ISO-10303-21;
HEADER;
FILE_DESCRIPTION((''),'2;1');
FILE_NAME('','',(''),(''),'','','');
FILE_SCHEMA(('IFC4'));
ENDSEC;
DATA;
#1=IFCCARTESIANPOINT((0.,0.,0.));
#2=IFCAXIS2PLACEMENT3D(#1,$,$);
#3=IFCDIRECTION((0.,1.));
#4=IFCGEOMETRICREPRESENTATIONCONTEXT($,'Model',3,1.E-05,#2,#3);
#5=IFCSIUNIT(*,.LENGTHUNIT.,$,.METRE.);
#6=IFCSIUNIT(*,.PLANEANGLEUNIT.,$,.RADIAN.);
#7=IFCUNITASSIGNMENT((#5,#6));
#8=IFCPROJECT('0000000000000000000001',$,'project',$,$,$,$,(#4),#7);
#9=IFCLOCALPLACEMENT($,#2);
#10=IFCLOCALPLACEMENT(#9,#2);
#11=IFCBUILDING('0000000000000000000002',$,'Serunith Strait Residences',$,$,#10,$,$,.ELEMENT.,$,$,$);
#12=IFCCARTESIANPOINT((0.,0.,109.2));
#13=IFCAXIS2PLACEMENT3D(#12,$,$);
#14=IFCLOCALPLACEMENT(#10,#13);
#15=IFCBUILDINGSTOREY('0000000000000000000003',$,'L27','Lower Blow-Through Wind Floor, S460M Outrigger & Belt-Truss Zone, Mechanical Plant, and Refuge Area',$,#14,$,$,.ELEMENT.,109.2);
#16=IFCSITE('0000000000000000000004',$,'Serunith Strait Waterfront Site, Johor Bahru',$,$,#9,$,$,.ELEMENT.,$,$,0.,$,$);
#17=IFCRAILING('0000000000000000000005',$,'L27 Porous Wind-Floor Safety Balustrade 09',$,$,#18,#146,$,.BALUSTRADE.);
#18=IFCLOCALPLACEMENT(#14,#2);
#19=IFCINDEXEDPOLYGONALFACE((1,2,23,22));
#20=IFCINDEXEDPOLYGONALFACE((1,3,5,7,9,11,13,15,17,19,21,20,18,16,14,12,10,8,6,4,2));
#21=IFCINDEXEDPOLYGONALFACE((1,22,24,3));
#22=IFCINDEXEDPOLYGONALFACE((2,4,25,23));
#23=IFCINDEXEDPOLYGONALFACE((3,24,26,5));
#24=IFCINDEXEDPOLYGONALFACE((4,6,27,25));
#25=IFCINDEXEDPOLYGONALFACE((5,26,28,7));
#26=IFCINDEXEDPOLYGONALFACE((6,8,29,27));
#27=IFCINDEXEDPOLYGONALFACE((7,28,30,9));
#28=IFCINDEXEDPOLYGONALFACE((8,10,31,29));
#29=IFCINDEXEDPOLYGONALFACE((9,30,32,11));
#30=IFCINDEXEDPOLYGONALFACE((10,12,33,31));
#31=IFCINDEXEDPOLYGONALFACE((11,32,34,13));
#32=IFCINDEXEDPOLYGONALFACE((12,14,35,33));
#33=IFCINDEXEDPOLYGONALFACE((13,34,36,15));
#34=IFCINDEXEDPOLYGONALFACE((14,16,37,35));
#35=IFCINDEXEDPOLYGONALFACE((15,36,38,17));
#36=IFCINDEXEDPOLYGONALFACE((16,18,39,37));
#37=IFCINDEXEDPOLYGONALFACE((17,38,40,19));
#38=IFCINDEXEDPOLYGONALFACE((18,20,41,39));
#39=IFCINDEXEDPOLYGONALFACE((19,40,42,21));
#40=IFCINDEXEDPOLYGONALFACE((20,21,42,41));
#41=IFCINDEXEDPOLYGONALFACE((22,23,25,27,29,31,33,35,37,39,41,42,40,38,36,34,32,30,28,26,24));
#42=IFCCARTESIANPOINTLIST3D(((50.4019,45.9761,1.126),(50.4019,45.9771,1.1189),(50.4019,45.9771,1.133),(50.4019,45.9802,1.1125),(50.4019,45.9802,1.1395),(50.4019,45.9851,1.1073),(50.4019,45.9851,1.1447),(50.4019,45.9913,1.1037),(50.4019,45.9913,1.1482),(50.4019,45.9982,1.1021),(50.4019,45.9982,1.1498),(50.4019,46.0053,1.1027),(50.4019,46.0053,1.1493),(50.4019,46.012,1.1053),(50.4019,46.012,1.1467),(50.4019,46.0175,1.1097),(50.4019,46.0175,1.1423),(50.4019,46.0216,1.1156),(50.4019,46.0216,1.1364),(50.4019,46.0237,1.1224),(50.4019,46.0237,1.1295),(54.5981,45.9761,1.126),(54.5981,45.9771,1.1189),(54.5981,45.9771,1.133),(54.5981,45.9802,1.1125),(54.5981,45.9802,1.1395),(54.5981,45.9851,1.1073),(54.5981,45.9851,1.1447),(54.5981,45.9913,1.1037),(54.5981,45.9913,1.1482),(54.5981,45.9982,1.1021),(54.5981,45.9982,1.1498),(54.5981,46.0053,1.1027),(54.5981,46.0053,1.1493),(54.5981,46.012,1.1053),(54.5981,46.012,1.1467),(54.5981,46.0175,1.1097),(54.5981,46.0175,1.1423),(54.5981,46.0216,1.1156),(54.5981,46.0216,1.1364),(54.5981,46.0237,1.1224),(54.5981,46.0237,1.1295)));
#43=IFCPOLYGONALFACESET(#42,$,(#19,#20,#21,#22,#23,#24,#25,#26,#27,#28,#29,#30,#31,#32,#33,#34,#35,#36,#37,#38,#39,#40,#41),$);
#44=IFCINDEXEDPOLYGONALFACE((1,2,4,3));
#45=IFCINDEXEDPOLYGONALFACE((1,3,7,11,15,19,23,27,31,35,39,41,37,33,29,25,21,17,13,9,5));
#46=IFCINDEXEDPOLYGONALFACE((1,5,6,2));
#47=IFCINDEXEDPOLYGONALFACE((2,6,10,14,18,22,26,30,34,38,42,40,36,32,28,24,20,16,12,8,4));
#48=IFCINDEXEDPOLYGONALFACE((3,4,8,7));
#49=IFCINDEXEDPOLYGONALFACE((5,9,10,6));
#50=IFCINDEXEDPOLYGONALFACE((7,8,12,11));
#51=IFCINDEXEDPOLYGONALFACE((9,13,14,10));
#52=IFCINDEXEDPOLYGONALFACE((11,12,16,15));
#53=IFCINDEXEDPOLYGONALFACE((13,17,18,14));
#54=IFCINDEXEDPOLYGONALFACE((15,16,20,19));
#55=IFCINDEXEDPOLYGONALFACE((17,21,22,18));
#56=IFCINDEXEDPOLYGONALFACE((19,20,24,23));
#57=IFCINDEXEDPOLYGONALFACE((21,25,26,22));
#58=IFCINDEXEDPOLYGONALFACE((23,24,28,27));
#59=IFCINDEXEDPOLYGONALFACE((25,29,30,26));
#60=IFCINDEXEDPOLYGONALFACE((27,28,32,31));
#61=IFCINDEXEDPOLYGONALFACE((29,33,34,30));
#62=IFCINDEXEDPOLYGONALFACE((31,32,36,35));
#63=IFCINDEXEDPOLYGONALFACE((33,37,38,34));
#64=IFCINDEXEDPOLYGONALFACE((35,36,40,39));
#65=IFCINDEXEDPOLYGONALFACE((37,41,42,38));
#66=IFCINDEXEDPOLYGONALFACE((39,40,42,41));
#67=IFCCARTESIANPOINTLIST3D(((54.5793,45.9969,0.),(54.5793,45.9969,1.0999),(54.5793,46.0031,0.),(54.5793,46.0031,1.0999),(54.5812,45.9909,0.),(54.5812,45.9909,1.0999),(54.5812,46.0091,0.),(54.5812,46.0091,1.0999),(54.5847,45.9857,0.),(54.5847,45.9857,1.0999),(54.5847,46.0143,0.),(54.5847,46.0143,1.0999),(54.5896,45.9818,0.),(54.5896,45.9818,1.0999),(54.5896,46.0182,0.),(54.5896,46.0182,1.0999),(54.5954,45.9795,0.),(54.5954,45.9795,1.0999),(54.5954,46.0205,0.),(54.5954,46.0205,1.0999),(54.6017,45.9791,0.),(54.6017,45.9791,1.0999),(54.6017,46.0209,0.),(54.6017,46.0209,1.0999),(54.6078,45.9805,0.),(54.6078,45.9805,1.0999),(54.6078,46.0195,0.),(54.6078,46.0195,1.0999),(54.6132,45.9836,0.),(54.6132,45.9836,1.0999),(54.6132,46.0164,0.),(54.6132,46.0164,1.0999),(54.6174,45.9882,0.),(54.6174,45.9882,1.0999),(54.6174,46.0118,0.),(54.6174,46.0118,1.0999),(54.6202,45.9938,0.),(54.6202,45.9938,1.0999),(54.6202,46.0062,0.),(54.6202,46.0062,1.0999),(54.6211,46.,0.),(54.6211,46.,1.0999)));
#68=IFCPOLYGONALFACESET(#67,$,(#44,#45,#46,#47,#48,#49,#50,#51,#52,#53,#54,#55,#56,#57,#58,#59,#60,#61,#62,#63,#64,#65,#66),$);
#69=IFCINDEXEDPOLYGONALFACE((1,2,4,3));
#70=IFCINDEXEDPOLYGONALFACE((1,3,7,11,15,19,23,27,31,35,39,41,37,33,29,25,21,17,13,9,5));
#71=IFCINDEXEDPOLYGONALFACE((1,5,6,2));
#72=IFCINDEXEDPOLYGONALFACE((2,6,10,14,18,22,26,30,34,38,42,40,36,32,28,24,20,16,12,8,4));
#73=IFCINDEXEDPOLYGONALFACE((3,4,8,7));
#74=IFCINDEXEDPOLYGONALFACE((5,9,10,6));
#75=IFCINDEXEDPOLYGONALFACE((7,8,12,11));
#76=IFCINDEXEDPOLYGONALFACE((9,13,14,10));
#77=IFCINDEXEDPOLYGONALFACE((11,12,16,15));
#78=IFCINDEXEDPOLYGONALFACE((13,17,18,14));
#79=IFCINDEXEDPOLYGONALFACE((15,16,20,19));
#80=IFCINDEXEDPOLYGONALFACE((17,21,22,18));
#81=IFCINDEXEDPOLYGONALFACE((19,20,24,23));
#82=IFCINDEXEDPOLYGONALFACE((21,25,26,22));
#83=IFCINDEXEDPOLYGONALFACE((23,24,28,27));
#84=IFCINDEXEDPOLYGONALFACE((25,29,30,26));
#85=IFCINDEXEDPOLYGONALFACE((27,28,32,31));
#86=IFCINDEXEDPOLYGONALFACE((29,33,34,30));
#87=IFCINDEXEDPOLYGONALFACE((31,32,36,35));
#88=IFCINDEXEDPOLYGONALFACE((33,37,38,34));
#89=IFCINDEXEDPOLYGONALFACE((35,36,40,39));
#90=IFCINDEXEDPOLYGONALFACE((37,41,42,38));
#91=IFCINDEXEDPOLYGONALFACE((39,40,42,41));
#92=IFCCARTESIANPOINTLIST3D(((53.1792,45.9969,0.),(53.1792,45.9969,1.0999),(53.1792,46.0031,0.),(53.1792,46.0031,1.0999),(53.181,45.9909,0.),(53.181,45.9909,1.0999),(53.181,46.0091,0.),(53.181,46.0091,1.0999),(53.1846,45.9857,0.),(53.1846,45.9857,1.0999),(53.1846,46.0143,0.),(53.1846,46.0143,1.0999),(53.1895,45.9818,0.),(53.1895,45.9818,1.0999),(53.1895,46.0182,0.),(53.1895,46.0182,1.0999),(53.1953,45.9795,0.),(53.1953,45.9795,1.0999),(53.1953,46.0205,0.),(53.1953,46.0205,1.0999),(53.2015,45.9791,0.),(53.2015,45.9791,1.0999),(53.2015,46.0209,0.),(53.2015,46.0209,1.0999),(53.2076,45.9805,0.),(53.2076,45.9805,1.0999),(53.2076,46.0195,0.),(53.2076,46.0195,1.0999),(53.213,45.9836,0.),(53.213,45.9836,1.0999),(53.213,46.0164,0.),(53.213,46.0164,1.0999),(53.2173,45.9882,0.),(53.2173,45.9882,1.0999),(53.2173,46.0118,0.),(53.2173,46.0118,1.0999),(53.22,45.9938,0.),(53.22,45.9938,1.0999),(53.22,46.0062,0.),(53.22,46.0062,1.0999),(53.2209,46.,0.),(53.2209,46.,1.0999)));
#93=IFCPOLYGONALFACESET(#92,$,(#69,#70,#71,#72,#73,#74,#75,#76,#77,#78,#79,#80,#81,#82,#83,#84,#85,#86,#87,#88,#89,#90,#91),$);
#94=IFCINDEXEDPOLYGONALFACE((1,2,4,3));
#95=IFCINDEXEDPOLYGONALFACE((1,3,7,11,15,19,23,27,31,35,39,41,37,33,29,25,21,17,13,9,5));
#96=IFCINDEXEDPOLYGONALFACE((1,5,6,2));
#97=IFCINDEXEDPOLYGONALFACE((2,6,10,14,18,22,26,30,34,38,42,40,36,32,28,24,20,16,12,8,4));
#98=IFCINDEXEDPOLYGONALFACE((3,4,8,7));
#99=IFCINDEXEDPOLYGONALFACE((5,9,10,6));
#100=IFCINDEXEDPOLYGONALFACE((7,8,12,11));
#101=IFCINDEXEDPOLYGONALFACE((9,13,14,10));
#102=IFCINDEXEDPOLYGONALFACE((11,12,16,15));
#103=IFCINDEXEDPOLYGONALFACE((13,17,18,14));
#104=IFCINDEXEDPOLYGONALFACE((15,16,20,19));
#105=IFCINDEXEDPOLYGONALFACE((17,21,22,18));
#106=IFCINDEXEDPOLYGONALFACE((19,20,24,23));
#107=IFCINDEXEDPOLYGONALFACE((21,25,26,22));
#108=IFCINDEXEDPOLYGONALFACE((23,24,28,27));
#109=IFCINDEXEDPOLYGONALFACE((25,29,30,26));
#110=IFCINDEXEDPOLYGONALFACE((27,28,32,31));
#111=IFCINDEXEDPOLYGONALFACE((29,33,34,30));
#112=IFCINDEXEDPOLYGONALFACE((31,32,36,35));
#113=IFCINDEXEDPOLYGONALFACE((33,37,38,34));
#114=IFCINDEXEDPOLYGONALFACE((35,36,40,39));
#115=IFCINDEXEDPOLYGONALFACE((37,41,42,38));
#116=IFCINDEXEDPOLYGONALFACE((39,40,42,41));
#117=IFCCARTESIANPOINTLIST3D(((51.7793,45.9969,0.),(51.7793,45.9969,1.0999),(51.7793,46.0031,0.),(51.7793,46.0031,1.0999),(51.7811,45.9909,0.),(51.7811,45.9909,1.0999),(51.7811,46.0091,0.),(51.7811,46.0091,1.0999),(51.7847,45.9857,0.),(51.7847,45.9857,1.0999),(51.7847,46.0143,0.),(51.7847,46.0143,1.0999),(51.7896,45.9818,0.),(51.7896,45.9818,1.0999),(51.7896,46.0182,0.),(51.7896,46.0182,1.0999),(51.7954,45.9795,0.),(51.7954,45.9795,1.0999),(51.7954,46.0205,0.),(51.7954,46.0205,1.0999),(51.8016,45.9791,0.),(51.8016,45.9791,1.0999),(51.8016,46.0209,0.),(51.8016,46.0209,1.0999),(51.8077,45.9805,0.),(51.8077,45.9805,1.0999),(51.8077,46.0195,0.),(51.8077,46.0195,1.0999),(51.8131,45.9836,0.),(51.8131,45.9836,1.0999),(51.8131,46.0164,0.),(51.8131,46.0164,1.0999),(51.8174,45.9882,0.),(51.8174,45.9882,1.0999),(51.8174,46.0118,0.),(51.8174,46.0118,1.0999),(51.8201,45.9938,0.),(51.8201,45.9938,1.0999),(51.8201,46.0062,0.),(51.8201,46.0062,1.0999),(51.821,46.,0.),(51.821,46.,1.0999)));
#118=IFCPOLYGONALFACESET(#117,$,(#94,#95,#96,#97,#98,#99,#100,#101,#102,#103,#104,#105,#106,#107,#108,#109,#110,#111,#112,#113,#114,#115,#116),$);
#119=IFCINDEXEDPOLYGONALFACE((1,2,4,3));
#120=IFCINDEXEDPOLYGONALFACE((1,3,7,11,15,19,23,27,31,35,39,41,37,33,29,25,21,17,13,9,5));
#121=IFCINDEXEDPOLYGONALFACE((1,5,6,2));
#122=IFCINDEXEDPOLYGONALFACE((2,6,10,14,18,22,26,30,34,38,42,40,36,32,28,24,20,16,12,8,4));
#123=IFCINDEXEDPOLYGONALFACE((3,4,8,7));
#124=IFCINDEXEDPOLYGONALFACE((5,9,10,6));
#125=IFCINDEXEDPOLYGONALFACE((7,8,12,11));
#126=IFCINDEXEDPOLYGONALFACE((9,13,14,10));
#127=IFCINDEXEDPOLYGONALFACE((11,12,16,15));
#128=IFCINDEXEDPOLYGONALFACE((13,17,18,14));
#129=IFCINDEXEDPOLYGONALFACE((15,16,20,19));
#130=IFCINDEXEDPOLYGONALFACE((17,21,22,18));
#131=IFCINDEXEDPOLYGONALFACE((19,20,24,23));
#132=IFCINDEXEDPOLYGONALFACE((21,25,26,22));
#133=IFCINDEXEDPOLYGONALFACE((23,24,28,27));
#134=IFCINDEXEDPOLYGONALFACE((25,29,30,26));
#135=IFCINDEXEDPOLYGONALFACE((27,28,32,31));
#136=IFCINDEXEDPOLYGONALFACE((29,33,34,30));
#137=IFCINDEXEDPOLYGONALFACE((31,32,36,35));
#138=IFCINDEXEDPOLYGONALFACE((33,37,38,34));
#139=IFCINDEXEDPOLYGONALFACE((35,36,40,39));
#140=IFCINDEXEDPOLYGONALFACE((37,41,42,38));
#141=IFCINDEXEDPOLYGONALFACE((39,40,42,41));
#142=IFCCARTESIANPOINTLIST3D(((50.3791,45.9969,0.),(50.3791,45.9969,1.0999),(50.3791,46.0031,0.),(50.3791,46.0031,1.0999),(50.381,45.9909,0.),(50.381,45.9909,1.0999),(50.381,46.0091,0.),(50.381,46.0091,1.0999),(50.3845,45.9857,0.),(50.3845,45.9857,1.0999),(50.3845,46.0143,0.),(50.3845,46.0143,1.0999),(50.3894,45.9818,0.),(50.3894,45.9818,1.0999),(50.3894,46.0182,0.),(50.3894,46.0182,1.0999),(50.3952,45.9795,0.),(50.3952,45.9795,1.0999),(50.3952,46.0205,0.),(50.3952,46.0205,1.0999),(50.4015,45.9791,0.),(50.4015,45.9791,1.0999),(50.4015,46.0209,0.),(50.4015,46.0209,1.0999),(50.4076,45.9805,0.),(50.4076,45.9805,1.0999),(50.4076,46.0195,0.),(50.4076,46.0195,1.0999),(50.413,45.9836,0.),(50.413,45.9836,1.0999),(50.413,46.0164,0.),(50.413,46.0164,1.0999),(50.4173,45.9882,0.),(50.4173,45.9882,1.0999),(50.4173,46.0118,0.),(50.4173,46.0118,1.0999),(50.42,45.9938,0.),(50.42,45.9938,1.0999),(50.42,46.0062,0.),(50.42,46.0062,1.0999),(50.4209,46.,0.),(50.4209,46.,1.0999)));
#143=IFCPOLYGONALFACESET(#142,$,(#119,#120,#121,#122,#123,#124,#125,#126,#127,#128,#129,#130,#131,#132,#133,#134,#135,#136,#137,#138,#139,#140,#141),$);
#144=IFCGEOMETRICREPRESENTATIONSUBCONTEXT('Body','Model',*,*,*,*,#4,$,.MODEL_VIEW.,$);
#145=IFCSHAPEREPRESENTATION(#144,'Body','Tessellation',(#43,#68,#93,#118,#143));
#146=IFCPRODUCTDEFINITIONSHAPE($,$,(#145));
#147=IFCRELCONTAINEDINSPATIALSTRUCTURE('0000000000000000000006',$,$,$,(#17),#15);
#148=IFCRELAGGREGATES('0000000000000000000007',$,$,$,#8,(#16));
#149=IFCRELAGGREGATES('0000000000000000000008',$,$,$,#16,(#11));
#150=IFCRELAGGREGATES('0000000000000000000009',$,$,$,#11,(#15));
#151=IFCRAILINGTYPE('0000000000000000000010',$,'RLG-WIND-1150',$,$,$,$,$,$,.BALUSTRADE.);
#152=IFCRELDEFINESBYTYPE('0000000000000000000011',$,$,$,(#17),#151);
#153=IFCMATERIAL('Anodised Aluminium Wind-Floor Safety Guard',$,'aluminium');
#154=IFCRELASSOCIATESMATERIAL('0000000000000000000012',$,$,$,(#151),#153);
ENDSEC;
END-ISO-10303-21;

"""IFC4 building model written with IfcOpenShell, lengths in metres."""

from ifc_helpers import new_model, si_unit, direction, frame, origin, origin_2d, place, context, subcontext, project, spatial, circle, extrude, material, type_object, element, save


model = new_model("IFC4")

# Units and contexts
model_context = context("Model", 3, precision=1e-05, world=origin(), true_north=direction((0.0, 1.0)))
body_context = subcontext(model_context, "Body", "Model", "MODEL_VIEW")
ifc_project = project(units=[si_unit("LENGTHUNIT", "METRE"), si_unit("PLANEANGLEUNIT", "RADIAN")], contexts=[model_context])

# Site, building, storey
site_placement = place(None, origin())
site = spatial("IfcSite", under=ifc_project, at=site_placement, Name="Serunith Strait Waterfront Site, Johor Bahru", CompositionType="ELEMENT", RefElevation=0.0)
building_placement = place(site_placement, origin())
building = spatial("IfcBuilding", under=site, at=building_placement, Name="Serunith Strait Residences", CompositionType="ELEMENT")
storey_placement = place(building_placement, frame((0.0, 0.0, 109.2)))
storey = spatial("IfcBuildingStorey", under=building, at=storey_placement, Name="L27", Description="Lower Blow-Through Wind Floor, S460M Outrigger & Belt-Truss Zone, Mechanical Plant, and Refuge Area", CompositionType="ELEMENT", Elevation=109.2)

# Railing
ifc_material_1 = material(Name="Anodised Aluminium Wind-Floor Safety Guard", Category="aluminium")
railing_type = type_object("IfcRailingType", Name="RLG-WIND-1150", PredefinedType="BALUSTRADE", material=ifc_material_1)
railing_1_placement = place(storey_placement, frame((54.6001, 46.0, 0.0)))
element("IfcRailing", 1, at=railing_1_placement, inside=storey, type_object=railing_type, Name="L27 Porous Wind-Floor Safety Balustrade 09", PredefinedType="BALUSTRADE", context=body_context, shape_type="SweptSolid", body=[
    extrude(circle(Radius=0.0239, at=origin_2d()), frame((-0.002, 0.0, 1.126), z_axis=(-1.0, 0.0, 0.0), x_axis=(0.0, -1.0, 0.0)), (0.0, 0.0, 1.0), 4.1963),
    extrude(circle(Radius=0.021, at=origin_2d()), origin(), (0.0, 0.0, 1.0), 1.0999),
    extrude(circle(Radius=0.021, at=origin_2d()), frame((-1.4001, 0.0, 0.0)), (0.0, 0.0, 1.0), 1.0999),
    extrude(circle(Radius=0.021, at=origin_2d()), frame((-2.8, 0.0, 0.0)), (0.0, 0.0, 1.0), 1.0999),
    extrude(circle(Radius=0.021, at=origin_2d()), frame((-4.2002, 0.0, 0.0)), (0.0, 0.0, 1.0), 1.0999),
])

save(model, "model.ifc")
